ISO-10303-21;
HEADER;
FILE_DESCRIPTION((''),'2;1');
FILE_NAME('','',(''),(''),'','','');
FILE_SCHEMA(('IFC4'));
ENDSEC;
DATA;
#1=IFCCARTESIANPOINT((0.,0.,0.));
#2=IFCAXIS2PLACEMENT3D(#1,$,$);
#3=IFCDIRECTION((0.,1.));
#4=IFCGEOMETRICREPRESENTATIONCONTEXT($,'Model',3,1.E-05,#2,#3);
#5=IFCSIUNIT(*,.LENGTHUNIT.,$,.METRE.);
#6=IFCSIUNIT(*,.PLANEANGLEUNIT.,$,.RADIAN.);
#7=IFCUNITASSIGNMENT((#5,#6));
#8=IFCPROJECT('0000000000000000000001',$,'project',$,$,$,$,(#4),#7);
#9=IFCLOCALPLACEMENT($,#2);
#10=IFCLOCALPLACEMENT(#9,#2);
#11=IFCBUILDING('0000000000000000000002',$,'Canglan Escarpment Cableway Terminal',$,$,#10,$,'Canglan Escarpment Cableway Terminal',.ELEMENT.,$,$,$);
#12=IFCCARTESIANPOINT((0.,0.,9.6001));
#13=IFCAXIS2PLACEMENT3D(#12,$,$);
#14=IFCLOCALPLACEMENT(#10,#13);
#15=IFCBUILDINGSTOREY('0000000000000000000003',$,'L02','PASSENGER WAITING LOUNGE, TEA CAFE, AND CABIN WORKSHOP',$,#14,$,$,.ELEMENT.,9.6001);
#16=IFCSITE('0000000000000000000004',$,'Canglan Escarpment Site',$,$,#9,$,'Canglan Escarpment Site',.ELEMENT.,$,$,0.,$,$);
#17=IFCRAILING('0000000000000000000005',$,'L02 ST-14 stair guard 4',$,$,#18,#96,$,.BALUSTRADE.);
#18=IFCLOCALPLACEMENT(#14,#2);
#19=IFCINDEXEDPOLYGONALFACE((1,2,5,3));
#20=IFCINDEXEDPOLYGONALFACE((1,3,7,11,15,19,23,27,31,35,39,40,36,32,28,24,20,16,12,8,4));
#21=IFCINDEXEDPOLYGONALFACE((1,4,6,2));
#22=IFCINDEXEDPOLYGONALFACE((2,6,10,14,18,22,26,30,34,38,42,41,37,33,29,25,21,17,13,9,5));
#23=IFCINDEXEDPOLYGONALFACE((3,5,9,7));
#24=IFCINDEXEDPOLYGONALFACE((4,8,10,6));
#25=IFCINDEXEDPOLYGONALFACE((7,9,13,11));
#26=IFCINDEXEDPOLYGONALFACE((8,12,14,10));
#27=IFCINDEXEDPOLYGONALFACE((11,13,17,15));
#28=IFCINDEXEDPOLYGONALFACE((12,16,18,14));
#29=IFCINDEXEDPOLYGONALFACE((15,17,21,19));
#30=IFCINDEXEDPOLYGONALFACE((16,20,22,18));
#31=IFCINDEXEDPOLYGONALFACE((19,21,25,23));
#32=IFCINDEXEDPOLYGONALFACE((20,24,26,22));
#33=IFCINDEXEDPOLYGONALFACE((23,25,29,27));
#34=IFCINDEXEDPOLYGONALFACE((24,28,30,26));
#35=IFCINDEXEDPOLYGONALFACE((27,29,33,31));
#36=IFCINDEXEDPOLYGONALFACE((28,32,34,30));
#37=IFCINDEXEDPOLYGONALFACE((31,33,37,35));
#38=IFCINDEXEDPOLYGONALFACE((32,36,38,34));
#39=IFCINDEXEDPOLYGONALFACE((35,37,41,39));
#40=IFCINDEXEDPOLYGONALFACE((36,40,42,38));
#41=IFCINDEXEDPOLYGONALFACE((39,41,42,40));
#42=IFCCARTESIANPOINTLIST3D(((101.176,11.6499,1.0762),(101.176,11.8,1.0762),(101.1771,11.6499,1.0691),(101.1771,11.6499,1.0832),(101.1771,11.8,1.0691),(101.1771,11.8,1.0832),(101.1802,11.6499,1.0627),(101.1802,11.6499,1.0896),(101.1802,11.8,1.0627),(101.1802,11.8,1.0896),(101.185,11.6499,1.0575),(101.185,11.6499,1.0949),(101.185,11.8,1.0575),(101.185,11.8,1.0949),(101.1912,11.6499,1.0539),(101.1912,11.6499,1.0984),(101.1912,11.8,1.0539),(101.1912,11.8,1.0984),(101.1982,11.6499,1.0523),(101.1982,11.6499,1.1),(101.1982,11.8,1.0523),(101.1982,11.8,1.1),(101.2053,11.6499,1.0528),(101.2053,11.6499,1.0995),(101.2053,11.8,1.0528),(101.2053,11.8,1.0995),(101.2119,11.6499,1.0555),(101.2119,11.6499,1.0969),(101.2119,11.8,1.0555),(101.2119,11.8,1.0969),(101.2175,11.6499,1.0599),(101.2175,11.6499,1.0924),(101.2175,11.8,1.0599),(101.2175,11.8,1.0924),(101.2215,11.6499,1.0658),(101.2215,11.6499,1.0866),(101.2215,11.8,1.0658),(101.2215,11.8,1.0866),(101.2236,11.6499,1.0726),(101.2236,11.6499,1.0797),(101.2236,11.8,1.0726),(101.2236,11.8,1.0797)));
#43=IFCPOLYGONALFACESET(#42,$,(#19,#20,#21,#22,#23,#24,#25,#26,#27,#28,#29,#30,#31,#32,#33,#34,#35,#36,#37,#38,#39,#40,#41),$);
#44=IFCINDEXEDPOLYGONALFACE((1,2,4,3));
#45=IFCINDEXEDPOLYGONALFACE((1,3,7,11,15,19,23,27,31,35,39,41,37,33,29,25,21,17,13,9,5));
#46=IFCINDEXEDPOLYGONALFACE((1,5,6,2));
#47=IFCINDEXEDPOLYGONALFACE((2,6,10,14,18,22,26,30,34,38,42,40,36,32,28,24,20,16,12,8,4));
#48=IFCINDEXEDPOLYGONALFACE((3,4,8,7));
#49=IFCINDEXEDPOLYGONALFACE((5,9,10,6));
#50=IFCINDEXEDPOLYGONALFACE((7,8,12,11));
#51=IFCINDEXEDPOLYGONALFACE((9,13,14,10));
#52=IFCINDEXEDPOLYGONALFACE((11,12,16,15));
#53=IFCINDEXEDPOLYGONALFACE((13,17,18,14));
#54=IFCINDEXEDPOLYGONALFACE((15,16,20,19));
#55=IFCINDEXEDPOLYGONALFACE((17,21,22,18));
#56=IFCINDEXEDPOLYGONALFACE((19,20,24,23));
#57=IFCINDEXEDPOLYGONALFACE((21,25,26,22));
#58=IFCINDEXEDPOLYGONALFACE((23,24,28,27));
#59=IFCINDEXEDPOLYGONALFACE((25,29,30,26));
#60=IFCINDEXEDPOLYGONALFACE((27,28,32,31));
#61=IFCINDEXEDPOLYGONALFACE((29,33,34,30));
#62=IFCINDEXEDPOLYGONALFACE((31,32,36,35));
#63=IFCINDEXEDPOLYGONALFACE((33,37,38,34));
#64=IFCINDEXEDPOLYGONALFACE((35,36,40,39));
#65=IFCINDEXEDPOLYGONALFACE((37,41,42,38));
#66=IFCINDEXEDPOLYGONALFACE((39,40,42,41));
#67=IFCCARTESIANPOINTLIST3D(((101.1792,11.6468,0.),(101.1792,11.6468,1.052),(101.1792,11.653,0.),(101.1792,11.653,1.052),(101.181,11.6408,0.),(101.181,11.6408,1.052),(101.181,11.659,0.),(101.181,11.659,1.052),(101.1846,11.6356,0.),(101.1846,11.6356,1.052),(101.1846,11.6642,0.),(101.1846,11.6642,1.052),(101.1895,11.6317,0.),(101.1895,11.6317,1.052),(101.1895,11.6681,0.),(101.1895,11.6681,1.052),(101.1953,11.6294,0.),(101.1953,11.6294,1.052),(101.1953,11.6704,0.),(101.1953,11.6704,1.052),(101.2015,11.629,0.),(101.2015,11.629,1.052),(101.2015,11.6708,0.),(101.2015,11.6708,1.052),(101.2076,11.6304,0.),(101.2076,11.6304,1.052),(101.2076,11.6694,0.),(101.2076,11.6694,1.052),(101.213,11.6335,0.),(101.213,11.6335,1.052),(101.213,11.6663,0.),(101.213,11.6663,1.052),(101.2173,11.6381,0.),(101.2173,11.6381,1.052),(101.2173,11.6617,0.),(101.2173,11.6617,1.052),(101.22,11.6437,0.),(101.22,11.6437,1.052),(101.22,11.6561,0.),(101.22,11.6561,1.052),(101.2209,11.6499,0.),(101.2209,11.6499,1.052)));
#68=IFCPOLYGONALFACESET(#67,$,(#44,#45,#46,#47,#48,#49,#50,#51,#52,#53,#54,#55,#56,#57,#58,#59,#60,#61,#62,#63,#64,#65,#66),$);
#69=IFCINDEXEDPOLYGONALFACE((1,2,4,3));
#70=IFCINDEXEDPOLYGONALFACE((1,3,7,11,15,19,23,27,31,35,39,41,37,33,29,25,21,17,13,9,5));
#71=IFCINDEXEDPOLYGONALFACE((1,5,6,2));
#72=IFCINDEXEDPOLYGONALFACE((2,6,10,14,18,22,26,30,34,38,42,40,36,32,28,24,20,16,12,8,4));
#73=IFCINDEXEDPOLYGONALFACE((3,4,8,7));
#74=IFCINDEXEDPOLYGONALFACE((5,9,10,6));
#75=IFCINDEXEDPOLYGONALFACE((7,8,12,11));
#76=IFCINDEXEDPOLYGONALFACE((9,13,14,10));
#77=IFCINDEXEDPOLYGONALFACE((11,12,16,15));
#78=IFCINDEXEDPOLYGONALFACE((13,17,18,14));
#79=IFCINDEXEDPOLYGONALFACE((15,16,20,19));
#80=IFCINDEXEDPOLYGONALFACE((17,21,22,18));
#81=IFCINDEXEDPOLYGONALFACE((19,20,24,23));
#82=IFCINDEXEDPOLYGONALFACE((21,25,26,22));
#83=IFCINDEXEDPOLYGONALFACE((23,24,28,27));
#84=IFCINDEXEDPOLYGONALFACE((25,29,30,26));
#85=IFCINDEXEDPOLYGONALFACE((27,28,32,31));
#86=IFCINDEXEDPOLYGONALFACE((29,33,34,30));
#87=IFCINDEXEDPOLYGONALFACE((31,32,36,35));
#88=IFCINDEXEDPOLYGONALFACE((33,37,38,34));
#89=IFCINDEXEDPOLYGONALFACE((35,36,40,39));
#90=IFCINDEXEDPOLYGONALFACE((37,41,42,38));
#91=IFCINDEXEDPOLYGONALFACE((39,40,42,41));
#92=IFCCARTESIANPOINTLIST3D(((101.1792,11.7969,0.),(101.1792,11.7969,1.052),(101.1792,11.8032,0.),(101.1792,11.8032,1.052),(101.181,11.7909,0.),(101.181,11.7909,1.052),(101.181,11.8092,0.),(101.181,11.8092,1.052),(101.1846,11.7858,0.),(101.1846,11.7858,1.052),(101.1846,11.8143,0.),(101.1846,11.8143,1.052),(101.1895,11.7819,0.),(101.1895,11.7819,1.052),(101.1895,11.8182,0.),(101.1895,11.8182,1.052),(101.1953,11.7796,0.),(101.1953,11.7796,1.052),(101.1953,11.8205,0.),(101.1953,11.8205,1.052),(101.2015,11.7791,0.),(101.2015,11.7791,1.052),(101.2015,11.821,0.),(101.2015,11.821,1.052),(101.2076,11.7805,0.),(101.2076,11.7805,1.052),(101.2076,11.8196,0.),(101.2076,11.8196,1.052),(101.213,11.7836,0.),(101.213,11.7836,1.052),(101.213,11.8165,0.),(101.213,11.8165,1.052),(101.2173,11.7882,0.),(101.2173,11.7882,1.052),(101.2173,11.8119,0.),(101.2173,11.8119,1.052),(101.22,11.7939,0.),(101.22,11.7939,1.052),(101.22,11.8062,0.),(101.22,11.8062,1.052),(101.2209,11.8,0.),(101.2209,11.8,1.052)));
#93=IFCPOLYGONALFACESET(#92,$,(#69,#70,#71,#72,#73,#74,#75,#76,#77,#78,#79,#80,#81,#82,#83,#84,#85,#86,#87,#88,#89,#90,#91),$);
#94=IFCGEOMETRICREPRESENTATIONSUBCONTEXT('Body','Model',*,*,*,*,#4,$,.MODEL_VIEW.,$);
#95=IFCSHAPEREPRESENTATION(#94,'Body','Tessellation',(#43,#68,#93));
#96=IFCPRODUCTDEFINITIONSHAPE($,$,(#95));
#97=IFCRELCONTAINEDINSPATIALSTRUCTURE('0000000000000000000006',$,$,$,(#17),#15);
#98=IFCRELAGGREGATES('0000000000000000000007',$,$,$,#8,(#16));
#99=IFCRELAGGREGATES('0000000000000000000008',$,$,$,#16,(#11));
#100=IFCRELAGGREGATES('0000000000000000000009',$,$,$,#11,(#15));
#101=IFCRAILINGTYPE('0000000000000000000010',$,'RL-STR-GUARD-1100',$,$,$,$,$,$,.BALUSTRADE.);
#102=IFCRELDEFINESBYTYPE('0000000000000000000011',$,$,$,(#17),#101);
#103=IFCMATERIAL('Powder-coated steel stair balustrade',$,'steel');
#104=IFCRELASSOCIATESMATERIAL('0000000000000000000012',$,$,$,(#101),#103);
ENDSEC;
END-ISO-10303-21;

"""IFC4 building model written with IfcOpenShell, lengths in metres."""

from ifc_helpers import new_model, si_unit, direction, frame, origin, origin_2d, place, context, subcontext, project, spatial, circle, extrude, material, type_object, element, save


model = new_model("IFC4")

# Units and contexts
model_context = context("Model", 3, precision=1e-05, world=origin(), true_north=direction((0.0, 1.0)))
body_context = subcontext(model_context, "Body", "Model", "MODEL_VIEW")
ifc_project = project(units=[si_unit("LENGTHUNIT", "METRE"), si_unit("PLANEANGLEUNIT", "RADIAN")], contexts=[model_context])

# Site, building, storey
site_placement = place(None, origin())
site = spatial("IfcSite", under=ifc_project, at=site_placement, Name="Canglan Escarpment Site", LongName="Canglan Escarpment Site", CompositionType="ELEMENT", RefElevation=0.0)
building_placement = place(site_placement, origin())
building = spatial("IfcBuilding", under=site, at=building_placement, Name="Canglan Escarpment Cableway Terminal", LongName="Canglan Escarpment Cableway Terminal", CompositionType="ELEMENT")
storey_placement = place(building_placement, frame((0.0, 0.0, 9.6001)))
storey = spatial("IfcBuildingStorey", under=building, at=storey_placement, Name="L02", Description="PASSENGER WAITING LOUNGE, TEA CAFE, AND CABIN WORKSHOP", CompositionType="ELEMENT", Elevation=9.6001)

# Railing
ifc_material_1 = material(Name="Powder-coated steel stair balustrade", Category="steel")
railing_type_1 = type_object("IfcRailingType", Name="RL-STR-GUARD-1100", PredefinedType="BALUSTRADE", material=ifc_material_1)
railing_1_placement = place(storey_placement, frame((101.2, 11.6499, 0.0)))
element("IfcRailing", 1, at=railing_1_placement, inside=storey, type_object=railing_type_1, Name="L02 ST-14 stair guard 4", PredefinedType="BALUSTRADE", context=body_context, shape_type="SweptSolid", body=[
    extrude(circle(Radius=0.0239, at=origin_2d()), frame((0.0, 0.0, 1.0762), z_axis=(0.0, 1.0, 0.0), x_axis=(-1.0, 0.0, 0.0)), (0.0, 0.0, 1.0), 0.1501),
    extrude(circle(Radius=0.021, at=origin_2d()), origin(), (0.0, 0.0, 1.0), 1.052),
    extrude(circle(Radius=0.021, at=origin_2d()), frame((0.0, 0.1501, 0.0)), (0.0, 0.0, 1.0), 1.052),
])

save(model, "model.ifc")
